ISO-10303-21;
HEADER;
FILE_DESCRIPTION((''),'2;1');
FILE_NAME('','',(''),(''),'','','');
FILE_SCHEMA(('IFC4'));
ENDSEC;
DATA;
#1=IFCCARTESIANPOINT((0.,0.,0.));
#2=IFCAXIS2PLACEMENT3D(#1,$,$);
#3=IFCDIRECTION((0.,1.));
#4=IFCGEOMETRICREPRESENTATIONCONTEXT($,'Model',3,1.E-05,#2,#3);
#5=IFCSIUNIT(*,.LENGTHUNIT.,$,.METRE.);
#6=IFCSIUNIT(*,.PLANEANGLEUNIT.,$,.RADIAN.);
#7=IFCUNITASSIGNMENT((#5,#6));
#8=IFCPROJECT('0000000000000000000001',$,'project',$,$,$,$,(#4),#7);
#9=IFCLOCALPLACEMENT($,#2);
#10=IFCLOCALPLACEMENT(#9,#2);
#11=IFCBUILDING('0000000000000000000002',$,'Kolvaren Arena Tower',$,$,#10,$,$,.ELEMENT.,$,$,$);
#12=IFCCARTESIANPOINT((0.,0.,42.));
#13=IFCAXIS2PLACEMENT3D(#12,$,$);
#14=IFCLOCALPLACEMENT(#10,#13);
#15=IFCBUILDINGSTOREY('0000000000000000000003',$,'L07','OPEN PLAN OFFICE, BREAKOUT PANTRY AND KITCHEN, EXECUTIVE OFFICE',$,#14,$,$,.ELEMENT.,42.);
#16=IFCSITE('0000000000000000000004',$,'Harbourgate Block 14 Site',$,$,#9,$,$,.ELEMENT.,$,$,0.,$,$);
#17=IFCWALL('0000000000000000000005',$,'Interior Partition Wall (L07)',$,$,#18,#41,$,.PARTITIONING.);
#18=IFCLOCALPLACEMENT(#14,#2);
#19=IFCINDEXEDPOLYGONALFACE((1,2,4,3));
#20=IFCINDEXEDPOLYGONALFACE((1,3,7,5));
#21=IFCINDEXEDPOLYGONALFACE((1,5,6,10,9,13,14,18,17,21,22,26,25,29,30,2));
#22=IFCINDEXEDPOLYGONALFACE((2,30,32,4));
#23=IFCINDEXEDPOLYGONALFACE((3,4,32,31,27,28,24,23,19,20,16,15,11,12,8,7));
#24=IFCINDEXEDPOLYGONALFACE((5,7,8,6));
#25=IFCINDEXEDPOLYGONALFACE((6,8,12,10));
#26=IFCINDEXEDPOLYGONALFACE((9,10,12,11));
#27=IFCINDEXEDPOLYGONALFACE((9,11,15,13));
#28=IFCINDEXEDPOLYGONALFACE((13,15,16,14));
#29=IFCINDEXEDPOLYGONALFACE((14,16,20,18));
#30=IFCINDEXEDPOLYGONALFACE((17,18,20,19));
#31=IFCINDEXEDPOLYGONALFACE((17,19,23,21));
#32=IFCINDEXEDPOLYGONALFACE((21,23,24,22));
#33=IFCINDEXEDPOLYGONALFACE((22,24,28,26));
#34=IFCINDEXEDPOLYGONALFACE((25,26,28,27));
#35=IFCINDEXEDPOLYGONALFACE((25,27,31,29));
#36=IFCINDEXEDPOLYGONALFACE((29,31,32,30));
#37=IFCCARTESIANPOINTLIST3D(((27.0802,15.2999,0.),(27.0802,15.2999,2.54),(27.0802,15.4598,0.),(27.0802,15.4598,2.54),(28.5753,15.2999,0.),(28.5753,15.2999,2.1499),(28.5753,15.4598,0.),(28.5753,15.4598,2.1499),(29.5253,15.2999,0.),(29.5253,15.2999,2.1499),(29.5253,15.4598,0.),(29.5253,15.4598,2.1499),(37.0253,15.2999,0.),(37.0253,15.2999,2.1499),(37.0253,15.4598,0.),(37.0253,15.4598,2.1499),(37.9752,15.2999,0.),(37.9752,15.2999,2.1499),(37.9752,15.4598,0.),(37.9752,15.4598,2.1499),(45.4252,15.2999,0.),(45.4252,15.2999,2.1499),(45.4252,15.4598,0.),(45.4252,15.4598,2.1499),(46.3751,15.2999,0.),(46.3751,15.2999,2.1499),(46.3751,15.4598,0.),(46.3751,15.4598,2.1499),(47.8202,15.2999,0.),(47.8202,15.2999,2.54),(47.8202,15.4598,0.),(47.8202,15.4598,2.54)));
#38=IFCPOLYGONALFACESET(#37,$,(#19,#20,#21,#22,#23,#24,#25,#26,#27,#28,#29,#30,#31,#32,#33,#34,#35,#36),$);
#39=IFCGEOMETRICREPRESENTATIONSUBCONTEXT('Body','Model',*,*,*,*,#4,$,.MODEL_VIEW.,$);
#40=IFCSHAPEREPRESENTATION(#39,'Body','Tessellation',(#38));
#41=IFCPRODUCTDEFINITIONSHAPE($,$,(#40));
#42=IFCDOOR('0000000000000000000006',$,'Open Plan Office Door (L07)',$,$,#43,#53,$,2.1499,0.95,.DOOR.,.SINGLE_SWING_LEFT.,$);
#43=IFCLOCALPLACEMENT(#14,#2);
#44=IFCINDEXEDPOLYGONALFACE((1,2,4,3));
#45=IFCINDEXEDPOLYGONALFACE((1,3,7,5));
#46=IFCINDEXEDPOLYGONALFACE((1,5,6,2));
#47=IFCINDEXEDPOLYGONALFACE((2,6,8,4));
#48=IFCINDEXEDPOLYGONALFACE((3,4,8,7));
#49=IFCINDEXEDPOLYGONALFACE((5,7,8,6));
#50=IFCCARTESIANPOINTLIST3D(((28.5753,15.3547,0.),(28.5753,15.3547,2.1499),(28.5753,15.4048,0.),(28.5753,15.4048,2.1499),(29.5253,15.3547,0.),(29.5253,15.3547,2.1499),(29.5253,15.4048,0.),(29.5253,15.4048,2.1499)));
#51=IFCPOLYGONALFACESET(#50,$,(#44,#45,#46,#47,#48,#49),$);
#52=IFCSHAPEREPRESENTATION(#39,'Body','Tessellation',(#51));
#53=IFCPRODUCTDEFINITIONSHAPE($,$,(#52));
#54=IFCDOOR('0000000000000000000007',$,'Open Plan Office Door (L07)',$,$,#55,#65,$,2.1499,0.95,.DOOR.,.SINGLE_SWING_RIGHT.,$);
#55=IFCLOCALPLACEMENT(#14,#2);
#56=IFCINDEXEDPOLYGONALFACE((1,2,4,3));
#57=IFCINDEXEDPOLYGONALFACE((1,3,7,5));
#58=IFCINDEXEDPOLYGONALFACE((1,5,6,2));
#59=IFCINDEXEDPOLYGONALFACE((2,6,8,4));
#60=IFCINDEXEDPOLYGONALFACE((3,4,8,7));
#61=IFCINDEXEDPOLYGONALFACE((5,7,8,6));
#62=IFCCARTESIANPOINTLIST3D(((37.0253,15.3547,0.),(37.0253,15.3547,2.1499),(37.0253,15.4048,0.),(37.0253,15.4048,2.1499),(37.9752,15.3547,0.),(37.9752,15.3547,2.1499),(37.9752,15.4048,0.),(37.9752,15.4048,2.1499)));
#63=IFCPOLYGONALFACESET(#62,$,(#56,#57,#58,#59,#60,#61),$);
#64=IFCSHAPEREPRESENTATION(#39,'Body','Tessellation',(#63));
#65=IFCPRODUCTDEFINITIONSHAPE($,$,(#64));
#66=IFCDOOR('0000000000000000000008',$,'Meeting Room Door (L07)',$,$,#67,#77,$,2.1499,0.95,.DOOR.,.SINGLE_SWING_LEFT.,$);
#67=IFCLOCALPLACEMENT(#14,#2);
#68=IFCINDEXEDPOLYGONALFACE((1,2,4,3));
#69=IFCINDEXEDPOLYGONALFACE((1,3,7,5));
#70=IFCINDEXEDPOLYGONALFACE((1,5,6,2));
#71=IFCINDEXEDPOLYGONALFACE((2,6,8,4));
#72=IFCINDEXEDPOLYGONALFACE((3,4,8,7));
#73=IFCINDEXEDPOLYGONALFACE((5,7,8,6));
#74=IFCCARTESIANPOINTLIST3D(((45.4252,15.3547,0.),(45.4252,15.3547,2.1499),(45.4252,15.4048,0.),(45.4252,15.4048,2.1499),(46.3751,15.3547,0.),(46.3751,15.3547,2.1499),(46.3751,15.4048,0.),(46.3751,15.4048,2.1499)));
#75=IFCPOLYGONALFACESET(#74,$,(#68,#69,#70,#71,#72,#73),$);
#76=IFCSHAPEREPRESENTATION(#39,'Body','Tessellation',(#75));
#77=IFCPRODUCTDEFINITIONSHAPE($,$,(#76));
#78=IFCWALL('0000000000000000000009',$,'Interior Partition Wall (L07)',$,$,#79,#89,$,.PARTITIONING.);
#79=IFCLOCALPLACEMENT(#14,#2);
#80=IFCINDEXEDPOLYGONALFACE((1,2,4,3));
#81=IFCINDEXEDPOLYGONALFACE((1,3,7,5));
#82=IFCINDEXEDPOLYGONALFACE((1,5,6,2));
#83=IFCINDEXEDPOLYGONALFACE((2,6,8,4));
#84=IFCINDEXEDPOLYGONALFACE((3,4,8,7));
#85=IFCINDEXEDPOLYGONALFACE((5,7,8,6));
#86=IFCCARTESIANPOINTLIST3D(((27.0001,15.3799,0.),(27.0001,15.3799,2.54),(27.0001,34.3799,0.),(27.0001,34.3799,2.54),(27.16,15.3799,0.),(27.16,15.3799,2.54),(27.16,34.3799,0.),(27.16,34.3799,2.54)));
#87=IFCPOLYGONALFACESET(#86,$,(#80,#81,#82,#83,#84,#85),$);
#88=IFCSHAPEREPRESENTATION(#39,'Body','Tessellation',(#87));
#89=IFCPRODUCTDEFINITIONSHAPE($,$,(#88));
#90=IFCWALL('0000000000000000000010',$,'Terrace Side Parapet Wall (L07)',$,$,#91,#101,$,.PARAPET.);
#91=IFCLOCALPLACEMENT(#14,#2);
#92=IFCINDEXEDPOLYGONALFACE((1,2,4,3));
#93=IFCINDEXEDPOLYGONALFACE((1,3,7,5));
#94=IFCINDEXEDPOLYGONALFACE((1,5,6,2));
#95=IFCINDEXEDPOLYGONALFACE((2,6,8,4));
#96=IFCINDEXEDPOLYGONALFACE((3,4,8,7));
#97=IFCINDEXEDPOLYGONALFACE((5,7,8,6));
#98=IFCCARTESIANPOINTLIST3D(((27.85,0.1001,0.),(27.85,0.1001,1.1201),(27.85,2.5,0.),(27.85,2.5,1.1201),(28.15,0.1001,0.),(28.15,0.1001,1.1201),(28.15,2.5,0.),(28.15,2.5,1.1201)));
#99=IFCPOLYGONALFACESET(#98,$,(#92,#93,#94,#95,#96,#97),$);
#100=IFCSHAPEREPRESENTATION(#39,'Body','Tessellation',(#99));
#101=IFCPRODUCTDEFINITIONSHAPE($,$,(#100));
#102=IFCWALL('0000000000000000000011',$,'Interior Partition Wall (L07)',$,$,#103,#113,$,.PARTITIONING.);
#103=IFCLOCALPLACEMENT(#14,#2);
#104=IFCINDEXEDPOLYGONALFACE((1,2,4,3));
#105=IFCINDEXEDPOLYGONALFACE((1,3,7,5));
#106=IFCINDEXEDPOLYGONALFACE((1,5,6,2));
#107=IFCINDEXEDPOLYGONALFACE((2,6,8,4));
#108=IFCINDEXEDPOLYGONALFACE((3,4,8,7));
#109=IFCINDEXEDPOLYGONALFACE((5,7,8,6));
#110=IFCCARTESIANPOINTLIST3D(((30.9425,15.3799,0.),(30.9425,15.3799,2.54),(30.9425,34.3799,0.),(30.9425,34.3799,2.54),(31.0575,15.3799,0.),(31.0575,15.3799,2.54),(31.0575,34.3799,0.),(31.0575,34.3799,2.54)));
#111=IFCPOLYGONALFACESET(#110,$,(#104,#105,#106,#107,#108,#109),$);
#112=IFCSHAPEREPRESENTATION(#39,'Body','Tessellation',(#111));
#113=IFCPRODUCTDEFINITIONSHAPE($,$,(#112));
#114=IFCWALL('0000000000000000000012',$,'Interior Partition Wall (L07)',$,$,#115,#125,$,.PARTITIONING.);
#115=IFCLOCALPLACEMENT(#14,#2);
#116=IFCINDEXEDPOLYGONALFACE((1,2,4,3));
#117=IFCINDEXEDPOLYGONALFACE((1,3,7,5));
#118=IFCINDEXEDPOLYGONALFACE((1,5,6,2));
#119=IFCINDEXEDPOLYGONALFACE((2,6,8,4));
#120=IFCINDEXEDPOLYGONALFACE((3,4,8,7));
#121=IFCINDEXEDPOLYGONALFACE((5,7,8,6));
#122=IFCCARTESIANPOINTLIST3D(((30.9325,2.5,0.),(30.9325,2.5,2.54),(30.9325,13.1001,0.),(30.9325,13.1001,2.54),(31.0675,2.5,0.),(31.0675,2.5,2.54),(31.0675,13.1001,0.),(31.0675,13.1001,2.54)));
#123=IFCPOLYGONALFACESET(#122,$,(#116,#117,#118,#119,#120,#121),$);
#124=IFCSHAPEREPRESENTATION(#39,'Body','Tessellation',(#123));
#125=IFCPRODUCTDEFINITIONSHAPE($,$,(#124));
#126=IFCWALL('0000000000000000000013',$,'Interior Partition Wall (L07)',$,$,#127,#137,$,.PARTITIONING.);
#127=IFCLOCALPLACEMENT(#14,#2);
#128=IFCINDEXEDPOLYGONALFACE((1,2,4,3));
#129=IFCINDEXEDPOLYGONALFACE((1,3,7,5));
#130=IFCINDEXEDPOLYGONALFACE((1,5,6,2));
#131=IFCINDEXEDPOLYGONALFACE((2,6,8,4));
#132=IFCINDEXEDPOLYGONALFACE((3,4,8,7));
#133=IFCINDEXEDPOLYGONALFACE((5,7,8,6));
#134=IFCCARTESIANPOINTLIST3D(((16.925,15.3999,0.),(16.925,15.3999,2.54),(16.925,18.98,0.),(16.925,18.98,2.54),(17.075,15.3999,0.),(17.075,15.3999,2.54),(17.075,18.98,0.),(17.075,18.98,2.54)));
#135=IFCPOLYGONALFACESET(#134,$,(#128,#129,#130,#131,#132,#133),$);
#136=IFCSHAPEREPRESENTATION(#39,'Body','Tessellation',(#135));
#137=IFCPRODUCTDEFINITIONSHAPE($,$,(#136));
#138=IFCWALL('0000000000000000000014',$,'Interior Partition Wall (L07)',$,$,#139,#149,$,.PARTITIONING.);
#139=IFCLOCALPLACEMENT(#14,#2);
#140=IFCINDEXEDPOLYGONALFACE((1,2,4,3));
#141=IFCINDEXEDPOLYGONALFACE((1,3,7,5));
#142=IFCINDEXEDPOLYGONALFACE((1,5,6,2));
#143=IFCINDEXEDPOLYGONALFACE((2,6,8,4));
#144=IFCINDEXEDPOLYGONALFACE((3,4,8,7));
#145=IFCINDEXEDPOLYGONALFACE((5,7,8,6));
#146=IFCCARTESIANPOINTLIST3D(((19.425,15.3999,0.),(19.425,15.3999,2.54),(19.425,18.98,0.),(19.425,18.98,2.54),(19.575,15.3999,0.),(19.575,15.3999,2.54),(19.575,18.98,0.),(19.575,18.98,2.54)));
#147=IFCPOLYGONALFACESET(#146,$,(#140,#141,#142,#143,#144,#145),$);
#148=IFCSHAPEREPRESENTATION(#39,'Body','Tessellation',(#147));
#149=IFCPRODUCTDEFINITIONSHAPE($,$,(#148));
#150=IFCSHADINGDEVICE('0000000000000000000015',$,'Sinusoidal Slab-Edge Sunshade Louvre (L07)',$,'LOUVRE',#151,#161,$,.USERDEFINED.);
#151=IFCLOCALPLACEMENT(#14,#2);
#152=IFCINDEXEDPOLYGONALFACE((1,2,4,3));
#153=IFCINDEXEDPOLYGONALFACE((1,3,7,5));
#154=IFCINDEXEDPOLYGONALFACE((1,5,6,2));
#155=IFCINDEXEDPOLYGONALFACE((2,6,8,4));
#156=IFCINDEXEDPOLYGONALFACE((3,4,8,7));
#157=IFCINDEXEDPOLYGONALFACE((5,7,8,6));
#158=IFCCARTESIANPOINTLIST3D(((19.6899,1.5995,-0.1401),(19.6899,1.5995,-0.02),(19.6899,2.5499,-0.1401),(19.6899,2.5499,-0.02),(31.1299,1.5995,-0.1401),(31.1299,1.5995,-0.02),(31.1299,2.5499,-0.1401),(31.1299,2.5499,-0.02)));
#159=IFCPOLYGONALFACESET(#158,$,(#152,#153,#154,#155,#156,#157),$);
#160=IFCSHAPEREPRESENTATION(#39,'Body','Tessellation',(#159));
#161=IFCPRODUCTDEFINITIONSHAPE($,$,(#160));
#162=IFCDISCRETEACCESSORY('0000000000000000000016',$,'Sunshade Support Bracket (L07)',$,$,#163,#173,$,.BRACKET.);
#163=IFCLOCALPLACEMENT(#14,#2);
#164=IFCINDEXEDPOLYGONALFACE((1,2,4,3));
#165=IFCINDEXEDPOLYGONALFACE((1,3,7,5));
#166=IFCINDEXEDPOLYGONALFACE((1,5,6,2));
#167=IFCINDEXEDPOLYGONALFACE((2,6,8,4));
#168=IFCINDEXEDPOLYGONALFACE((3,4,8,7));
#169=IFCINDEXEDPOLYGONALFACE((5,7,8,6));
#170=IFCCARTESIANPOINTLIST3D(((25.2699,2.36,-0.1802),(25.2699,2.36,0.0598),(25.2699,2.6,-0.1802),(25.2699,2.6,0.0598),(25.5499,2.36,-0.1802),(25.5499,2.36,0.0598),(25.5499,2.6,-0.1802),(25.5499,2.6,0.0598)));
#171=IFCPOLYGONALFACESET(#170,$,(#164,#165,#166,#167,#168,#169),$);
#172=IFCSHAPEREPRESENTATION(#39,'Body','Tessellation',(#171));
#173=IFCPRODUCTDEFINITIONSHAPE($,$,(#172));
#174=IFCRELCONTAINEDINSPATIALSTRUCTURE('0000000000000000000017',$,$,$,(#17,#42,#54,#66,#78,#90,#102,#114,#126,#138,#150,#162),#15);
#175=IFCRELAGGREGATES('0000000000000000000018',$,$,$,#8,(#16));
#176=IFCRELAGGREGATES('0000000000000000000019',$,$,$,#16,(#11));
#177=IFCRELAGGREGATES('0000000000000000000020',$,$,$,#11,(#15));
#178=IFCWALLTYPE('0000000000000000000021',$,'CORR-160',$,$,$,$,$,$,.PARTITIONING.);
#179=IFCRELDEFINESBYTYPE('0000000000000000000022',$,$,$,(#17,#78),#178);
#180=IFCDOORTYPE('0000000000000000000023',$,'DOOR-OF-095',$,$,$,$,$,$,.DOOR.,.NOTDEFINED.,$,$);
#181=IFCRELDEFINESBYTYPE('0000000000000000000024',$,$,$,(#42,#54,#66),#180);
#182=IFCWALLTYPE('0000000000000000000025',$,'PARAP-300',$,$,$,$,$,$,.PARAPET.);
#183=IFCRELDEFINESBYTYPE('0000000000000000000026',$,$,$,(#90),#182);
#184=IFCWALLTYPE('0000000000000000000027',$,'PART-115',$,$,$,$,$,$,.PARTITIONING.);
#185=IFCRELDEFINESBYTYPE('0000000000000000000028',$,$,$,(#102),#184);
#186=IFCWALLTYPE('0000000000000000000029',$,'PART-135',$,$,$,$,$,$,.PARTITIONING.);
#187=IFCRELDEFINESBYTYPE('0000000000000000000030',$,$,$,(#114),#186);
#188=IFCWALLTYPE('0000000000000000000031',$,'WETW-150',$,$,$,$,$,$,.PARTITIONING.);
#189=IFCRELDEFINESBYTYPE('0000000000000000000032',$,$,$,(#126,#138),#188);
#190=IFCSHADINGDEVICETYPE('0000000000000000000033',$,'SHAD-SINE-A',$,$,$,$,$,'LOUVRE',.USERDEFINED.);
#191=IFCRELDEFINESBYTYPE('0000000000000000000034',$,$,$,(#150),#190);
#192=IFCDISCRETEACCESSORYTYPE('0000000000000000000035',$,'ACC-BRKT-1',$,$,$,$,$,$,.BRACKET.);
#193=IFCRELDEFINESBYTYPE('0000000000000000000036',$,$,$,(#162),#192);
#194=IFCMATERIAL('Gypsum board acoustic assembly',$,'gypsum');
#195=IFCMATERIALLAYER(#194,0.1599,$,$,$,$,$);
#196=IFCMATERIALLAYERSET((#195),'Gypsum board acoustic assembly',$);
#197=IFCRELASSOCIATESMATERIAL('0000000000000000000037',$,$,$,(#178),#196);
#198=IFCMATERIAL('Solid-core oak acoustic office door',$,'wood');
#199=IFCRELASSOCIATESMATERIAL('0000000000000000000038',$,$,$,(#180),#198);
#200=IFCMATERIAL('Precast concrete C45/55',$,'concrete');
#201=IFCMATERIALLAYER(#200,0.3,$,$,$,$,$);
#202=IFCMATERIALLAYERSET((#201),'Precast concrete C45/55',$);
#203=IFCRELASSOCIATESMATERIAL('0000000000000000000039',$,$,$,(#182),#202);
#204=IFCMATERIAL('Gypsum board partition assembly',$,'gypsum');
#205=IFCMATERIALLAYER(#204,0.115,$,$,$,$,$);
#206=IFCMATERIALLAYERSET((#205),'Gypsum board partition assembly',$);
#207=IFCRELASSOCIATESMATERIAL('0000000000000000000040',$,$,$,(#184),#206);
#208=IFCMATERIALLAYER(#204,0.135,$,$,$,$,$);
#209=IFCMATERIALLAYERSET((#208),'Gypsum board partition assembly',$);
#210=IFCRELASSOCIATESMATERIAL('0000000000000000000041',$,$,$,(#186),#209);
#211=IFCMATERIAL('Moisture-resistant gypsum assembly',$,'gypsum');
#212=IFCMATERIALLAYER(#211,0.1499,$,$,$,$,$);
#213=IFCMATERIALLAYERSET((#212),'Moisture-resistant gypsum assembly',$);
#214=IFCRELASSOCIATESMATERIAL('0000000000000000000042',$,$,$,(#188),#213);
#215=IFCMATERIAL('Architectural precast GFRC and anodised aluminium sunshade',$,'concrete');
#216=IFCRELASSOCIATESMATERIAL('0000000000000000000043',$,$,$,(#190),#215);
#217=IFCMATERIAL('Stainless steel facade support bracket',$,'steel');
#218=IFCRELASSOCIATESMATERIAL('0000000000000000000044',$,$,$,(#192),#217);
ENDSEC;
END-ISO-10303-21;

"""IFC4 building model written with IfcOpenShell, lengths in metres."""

from ifc_helpers import new_model, si_unit, direction, frame, frame_2d, origin, origin_2d, place, context, subcontext, project, spatial, rectangle, extrude, material, layer, layer_set, type_object, element, fill, save


model = new_model("IFC4")

# Units and contexts
model_context = context("Model", 3, precision=1e-05, world=origin(), true_north=direction((0.0, 1.0)))
body_context = subcontext(model_context, "Body", "Model", "MODEL_VIEW")
ifc_project = project(units=[si_unit("LENGTHUNIT", "METRE"), si_unit("PLANEANGLEUNIT", "RADIAN")], contexts=[model_context])

# Site, building, storey
site_placement = place(None, origin())
site = spatial("IfcSite", under=ifc_project, at=site_placement, Name="Harbourgate Block 14 Site", CompositionType="ELEMENT", RefElevation=0.0)
building_placement = place(site_placement, origin())
building = spatial("IfcBuilding", under=site, at=building_placement, Name="Kolvaren Arena Tower", CompositionType="ELEMENT")
storey_placement = place(building_placement, frame((0.0, 0.0, 42.0)))
storey = spatial("IfcBuildingStorey", under=building, at=storey_placement, Name="L07", Description="OPEN PLAN OFFICE, BREAKOUT PANTRY AND KITCHEN, EXECUTIVE OFFICE", CompositionType="ELEMENT", Elevation=42.0)

# Wall, openings, doors
ifc_material_1 = material(Name="Gypsum board acoustic assembly", Category="gypsum")
ifc_layer_1 = layer(ifc_material_1, 0.1599)
ifc_layer_set_1 = layer_set([ifc_layer_1], Name="Gypsum board acoustic assembly")
wall_type_1 = type_object("IfcWallType", Name="CORR-160", PredefinedType="PARTITIONING", material=ifc_layer_set_1)
wall_1_placement = place(storey_placement, frame((27.0801, 15.3799, 0.0), z_axis=(0.0, 0.0, 1.0), x_axis=(1.0, 0.0, 0.0)))
wall_1 = element("IfcWall", 1, at=wall_1_placement, inside=storey, type_object=wall_type_1, Name="Interior Partition Wall (L07)", PredefinedType="PARTITIONING", context=body_context, shape_type="SweptSolid", body=[
    extrude(rectangle(XDim=20.74, YDim=0.1599, at=frame_2d((10.3701, 0.0))), origin(), (0.0, 0.0, 1.0), 2.54),
])
opening_1_placement = place(wall_1_placement, frame((1.4951, 0.0, 0.0)))
opening_1 = element("IfcOpeningElement", 2, at=opening_1_placement, cuts=wall_1, PredefinedType="OPENING", context=body_context, shape_type="SweptSolid", body=[
    extrude(rectangle(XDim=0.95, YDim=2.1499, at=frame_2d((0.4751, 1.075))), frame((0.0, 0.0898, 0.0), z_axis=(0.0, -1.0, 0.0), x_axis=(1.0, 0.0, 0.0)), (0.0, 0.0, 1.0), 0.1799),
])
opening_2_placement = place(wall_1_placement, frame((9.9451, 0.0, 0.0)))
opening_2 = element("IfcOpeningElement", 3, at=opening_2_placement, cuts=wall_1, PredefinedType="OPENING", context=body_context, shape_type="SweptSolid", body=[
    extrude(rectangle(XDim=0.95, YDim=2.1499, at=frame_2d((0.4751, 1.075))), frame((0.0, 0.0898, 0.0), z_axis=(0.0, -1.0, 0.0), x_axis=(1.0, 0.0, 0.0)), (0.0, 0.0, 1.0), 0.1799),
])
opening_3_placement = place(wall_1_placement, frame((18.345, 0.0, 0.0)))
opening_3 = element("IfcOpeningElement", 4, at=opening_3_placement, cuts=wall_1, PredefinedType="OPENING", context=body_context, shape_type="SweptSolid", body=[
    extrude(rectangle(XDim=0.95, YDim=2.1499, at=frame_2d((0.4751, 1.075))), frame((0.0, 0.0898, 0.0), z_axis=(0.0, -1.0, 0.0), x_axis=(1.0, 0.0, 0.0)), (0.0, 0.0, 1.0), 0.1799),
])
ifc_material_2 = material(Name="Solid-core oak acoustic office door", Category="wood")
door_type = type_object("IfcDoorType", Name="DOOR-OF-095", OperationType="NOTDEFINED", PredefinedType="DOOR", material=ifc_material_2)
door_1_placement = place(opening_1_placement, origin())
door_1 = element("IfcDoor", 5, at=door_1_placement, inside=storey, type_object=door_type, Name="Open Plan Office Door (L07)", OperationType="SINGLE_SWING_LEFT", OverallHeight=2.1499, OverallWidth=0.95, PredefinedType="DOOR", context=body_context, shape_type="SweptSolid", body=[
    extrude(rectangle(XDim=0.95, YDim=2.1499, at=frame_2d((0.4751, 1.075))), frame((0.0, 0.0249, 0.0), z_axis=(0.0, -1.0, 0.0), x_axis=(1.0, 0.0, 0.0)), (0.0, 0.0, 1.0), 0.05),
])
fill(opening_1, door_1)
door_2_placement = place(opening_2_placement, origin())
door_2 = element("IfcDoor", 6, at=door_2_placement, inside=storey, type_object=door_type, Name="Open Plan Office Door (L07)", OperationType="SINGLE_SWING_RIGHT", OverallHeight=2.1499, OverallWidth=0.95, PredefinedType="DOOR", context=body_context, shape_type="SweptSolid", body=[
    extrude(rectangle(XDim=0.95, YDim=2.1499, at=frame_2d((0.4751, 1.075))), frame((0.0, 0.0249, 0.0), z_axis=(0.0, -1.0, 0.0), x_axis=(1.0, 0.0, 0.0)), (0.0, 0.0, 1.0), 0.05),
])
fill(opening_2, door_2)
door_3_placement = place(opening_3_placement, origin())
door_3 = element("IfcDoor", 7, at=door_3_placement, inside=storey, type_object=door_type, Name="Meeting Room Door (L07)", OperationType="SINGLE_SWING_LEFT", OverallHeight=2.1499, OverallWidth=0.95, PredefinedType="DOOR", context=body_context, shape_type="SweptSolid", body=[
    extrude(rectangle(XDim=0.95, YDim=2.1499, at=frame_2d((0.4751, 1.075))), frame((0.0, 0.0249, 0.0), z_axis=(0.0, -1.0, 0.0), x_axis=(1.0, 0.0, 0.0)), (0.0, 0.0, 1.0), 0.05),
])
fill(opening_3, door_3)

# Walls
wall_2_placement = place(storey_placement, frame((27.0801, 15.3799, 0.0), z_axis=(0.0, 0.0, 1.0), x_axis=(0.0, 1.0, 0.0)))
element("IfcWall", 8, at=wall_2_placement, inside=storey, type_object=wall_type_1, Name="Interior Partition Wall (L07)", PredefinedType="PARTITIONING", context=body_context, shape_type="SweptSolid", body=[
    extrude(rectangle(XDim=19.0, YDim=0.1599, at=frame_2d((9.5, 0.0))), origin(), (0.0, 0.0, 1.0), 2.54),
])
ifc_material_3 = material(Name="Precast concrete C45/55", Category="concrete")
ifc_layer_2 = layer(ifc_material_3, 0.3)
ifc_layer_set_2 = layer_set([ifc_layer_2], Name="Precast concrete C45/55")
wall_type_2 = type_object("IfcWallType", Name="PARAP-300", PredefinedType="PARAPET", material=ifc_layer_set_2)
wall_3_placement = place(storey_placement, frame((28.0, 2.5, 0.0), z_axis=(0.0, 0.0, 1.0), x_axis=(0.0, -1.0, 0.0)))
element("IfcWall", 9, at=wall_3_placement, inside=storey, type_object=wall_type_2, Name="Terrace Side Parapet Wall (L07)", PredefinedType="PARAPET", context=body_context, shape_type="SweptSolid", body=[
    extrude(rectangle(XDim=2.3999, YDim=0.3, at=frame_2d((1.2, 0.0))), origin(), (0.0, 0.0, 1.0), 1.1201),
])
ifc_material_4 = material(Name="Gypsum board partition assembly", Category="gypsum")
ifc_layer_3 = layer(ifc_material_4, 0.115)
ifc_layer_set_3 = layer_set([ifc_layer_3], Name="Gypsum board partition assembly")
wall_type_3 = type_object("IfcWallType", Name="PART-115", PredefinedType="PARTITIONING", material=ifc_layer_set_3)
wall_4_placement = place(storey_placement, frame((31.0, 15.3799, 0.0), z_axis=(0.0, 0.0, 1.0), x_axis=(0.0, 1.0, 0.0)))
element("IfcWall", 10, at=wall_4_placement, inside=storey, type_object=wall_type_3, Name="Interior Partition Wall (L07)", PredefinedType="PARTITIONING", context=body_context, shape_type="SweptSolid", body=[
    extrude(rectangle(XDim=19.0, YDim=0.115, at=frame_2d((9.5, 0.0))), origin(), (0.0, 0.0, 1.0), 2.54),
])
ifc_layer_4 = layer(ifc_material_4, 0.135)
ifc_layer_set_4 = layer_set([ifc_layer_4], Name="Gypsum board partition assembly")
wall_type_4 = type_object("IfcWallType", Name="PART-135", PredefinedType="PARTITIONING", material=ifc_layer_set_4)
wall_5_placement = place(storey_placement, frame((31.0, 2.5, 0.0), z_axis=(0.0, 0.0, 1.0), x_axis=(0.0, 1.0, 0.0)))
element("IfcWall", 11, at=wall_5_placement, inside=storey, type_object=wall_type_4, Name="Interior Partition Wall (L07)", PredefinedType="PARTITIONING", context=body_context, shape_type="SweptSolid", body=[
    extrude(rectangle(XDim=10.6001, YDim=0.135, at=frame_2d((5.3, 0.0))), origin(), (0.0, 0.0, 1.0), 2.54),
])
ifc_material_5 = material(Name="Moisture-resistant gypsum assembly", Category="gypsum")
ifc_layer_5 = layer(ifc_material_5, 0.1499)
ifc_layer_set_5 = layer_set([ifc_layer_5], Name="Moisture-resistant gypsum assembly")
wall_type_5 = type_object("IfcWallType", Name="WETW-150", PredefinedType="PARTITIONING", material=ifc_layer_set_5)
for number, where, z_axis, x_axis, name in (
    (12, (17.0, 15.3999, 0.0), (0.0, 0.0, 1.0), (0.0, 1.0, 0.0), "Interior Partition Wall (L07)"),
    (13, (19.5, 15.3999, 0.0), (0.0, 0.0, 1.0), (0.0, 1.0, 0.0), "Interior Partition Wall (L07)"),
):
    element("IfcWall", number, at=place(storey_placement, frame(where, z_axis=z_axis, x_axis=x_axis)), inside=storey, type_object=wall_type_5, Name=name, PredefinedType="PARTITIONING", context=body_context, shape_type="SweptSolid", body=[
        extrude(rectangle(XDim=3.5801, YDim=0.1499, at=frame_2d((1.79, 0.0))), origin(), (0.0, 0.0, 1.0), 2.54),
    ])

# Shading device
ifc_material_6 = material(Name="Architectural precast GFRC and anodised aluminium sunshade", Category="concrete")
shading_device_type = type_object("IfcShadingDeviceType", Name="SHAD-SINE-A", ElementType="LOUVRE", PredefinedType="USERDEFINED", material=ifc_material_6)
shading_device_placement = place(storey_placement, frame((25.4099, 2.0747, -0.1401), z_axis=(0.0, 0.0, 1.0), x_axis=(-1.0, 0.0, 0.0)))
element("IfcShadingDevice", 14, at=shading_device_placement, inside=storey, type_object=shading_device_type, Name="Sinusoidal Slab-Edge Sunshade Louvre (L07)", ObjectType="LOUVRE", PredefinedType="USERDEFINED", context=body_context, shape_type="SweptSolid", body=[
    extrude(rectangle(XDim=11.4399, YDim=0.9504, at=origin_2d()), origin(), (0.0, 0.0, 1.0), 0.1201),
])

# Discrete accessory
ifc_material_7 = material(Name="Stainless steel facade support bracket", Category="steel")
discrete_accessory_type = type_object("IfcDiscreteAccessoryType", Name="ACC-BRKT-1", PredefinedType="BRACKET", material=ifc_material_7)
discrete_accessory_placement = place(storey_placement, frame((25.4099, 2.48, -0.1802), z_axis=(0.0, 0.0, 1.0), x_axis=(-1.0, 0.0, 0.0)))
element("IfcDiscreteAccessory", 15, at=discrete_accessory_placement, inside=storey, type_object=discrete_accessory_type, Name="Sunshade Support Bracket (L07)", PredefinedType="BRACKET", context=body_context, shape_type="SweptSolid", body=[
    extrude(rectangle(XDim=0.28, YDim=0.24, at=origin_2d()), origin(), (0.0, 0.0, 1.0), 0.24),
])

save(model, "model.ifc")
